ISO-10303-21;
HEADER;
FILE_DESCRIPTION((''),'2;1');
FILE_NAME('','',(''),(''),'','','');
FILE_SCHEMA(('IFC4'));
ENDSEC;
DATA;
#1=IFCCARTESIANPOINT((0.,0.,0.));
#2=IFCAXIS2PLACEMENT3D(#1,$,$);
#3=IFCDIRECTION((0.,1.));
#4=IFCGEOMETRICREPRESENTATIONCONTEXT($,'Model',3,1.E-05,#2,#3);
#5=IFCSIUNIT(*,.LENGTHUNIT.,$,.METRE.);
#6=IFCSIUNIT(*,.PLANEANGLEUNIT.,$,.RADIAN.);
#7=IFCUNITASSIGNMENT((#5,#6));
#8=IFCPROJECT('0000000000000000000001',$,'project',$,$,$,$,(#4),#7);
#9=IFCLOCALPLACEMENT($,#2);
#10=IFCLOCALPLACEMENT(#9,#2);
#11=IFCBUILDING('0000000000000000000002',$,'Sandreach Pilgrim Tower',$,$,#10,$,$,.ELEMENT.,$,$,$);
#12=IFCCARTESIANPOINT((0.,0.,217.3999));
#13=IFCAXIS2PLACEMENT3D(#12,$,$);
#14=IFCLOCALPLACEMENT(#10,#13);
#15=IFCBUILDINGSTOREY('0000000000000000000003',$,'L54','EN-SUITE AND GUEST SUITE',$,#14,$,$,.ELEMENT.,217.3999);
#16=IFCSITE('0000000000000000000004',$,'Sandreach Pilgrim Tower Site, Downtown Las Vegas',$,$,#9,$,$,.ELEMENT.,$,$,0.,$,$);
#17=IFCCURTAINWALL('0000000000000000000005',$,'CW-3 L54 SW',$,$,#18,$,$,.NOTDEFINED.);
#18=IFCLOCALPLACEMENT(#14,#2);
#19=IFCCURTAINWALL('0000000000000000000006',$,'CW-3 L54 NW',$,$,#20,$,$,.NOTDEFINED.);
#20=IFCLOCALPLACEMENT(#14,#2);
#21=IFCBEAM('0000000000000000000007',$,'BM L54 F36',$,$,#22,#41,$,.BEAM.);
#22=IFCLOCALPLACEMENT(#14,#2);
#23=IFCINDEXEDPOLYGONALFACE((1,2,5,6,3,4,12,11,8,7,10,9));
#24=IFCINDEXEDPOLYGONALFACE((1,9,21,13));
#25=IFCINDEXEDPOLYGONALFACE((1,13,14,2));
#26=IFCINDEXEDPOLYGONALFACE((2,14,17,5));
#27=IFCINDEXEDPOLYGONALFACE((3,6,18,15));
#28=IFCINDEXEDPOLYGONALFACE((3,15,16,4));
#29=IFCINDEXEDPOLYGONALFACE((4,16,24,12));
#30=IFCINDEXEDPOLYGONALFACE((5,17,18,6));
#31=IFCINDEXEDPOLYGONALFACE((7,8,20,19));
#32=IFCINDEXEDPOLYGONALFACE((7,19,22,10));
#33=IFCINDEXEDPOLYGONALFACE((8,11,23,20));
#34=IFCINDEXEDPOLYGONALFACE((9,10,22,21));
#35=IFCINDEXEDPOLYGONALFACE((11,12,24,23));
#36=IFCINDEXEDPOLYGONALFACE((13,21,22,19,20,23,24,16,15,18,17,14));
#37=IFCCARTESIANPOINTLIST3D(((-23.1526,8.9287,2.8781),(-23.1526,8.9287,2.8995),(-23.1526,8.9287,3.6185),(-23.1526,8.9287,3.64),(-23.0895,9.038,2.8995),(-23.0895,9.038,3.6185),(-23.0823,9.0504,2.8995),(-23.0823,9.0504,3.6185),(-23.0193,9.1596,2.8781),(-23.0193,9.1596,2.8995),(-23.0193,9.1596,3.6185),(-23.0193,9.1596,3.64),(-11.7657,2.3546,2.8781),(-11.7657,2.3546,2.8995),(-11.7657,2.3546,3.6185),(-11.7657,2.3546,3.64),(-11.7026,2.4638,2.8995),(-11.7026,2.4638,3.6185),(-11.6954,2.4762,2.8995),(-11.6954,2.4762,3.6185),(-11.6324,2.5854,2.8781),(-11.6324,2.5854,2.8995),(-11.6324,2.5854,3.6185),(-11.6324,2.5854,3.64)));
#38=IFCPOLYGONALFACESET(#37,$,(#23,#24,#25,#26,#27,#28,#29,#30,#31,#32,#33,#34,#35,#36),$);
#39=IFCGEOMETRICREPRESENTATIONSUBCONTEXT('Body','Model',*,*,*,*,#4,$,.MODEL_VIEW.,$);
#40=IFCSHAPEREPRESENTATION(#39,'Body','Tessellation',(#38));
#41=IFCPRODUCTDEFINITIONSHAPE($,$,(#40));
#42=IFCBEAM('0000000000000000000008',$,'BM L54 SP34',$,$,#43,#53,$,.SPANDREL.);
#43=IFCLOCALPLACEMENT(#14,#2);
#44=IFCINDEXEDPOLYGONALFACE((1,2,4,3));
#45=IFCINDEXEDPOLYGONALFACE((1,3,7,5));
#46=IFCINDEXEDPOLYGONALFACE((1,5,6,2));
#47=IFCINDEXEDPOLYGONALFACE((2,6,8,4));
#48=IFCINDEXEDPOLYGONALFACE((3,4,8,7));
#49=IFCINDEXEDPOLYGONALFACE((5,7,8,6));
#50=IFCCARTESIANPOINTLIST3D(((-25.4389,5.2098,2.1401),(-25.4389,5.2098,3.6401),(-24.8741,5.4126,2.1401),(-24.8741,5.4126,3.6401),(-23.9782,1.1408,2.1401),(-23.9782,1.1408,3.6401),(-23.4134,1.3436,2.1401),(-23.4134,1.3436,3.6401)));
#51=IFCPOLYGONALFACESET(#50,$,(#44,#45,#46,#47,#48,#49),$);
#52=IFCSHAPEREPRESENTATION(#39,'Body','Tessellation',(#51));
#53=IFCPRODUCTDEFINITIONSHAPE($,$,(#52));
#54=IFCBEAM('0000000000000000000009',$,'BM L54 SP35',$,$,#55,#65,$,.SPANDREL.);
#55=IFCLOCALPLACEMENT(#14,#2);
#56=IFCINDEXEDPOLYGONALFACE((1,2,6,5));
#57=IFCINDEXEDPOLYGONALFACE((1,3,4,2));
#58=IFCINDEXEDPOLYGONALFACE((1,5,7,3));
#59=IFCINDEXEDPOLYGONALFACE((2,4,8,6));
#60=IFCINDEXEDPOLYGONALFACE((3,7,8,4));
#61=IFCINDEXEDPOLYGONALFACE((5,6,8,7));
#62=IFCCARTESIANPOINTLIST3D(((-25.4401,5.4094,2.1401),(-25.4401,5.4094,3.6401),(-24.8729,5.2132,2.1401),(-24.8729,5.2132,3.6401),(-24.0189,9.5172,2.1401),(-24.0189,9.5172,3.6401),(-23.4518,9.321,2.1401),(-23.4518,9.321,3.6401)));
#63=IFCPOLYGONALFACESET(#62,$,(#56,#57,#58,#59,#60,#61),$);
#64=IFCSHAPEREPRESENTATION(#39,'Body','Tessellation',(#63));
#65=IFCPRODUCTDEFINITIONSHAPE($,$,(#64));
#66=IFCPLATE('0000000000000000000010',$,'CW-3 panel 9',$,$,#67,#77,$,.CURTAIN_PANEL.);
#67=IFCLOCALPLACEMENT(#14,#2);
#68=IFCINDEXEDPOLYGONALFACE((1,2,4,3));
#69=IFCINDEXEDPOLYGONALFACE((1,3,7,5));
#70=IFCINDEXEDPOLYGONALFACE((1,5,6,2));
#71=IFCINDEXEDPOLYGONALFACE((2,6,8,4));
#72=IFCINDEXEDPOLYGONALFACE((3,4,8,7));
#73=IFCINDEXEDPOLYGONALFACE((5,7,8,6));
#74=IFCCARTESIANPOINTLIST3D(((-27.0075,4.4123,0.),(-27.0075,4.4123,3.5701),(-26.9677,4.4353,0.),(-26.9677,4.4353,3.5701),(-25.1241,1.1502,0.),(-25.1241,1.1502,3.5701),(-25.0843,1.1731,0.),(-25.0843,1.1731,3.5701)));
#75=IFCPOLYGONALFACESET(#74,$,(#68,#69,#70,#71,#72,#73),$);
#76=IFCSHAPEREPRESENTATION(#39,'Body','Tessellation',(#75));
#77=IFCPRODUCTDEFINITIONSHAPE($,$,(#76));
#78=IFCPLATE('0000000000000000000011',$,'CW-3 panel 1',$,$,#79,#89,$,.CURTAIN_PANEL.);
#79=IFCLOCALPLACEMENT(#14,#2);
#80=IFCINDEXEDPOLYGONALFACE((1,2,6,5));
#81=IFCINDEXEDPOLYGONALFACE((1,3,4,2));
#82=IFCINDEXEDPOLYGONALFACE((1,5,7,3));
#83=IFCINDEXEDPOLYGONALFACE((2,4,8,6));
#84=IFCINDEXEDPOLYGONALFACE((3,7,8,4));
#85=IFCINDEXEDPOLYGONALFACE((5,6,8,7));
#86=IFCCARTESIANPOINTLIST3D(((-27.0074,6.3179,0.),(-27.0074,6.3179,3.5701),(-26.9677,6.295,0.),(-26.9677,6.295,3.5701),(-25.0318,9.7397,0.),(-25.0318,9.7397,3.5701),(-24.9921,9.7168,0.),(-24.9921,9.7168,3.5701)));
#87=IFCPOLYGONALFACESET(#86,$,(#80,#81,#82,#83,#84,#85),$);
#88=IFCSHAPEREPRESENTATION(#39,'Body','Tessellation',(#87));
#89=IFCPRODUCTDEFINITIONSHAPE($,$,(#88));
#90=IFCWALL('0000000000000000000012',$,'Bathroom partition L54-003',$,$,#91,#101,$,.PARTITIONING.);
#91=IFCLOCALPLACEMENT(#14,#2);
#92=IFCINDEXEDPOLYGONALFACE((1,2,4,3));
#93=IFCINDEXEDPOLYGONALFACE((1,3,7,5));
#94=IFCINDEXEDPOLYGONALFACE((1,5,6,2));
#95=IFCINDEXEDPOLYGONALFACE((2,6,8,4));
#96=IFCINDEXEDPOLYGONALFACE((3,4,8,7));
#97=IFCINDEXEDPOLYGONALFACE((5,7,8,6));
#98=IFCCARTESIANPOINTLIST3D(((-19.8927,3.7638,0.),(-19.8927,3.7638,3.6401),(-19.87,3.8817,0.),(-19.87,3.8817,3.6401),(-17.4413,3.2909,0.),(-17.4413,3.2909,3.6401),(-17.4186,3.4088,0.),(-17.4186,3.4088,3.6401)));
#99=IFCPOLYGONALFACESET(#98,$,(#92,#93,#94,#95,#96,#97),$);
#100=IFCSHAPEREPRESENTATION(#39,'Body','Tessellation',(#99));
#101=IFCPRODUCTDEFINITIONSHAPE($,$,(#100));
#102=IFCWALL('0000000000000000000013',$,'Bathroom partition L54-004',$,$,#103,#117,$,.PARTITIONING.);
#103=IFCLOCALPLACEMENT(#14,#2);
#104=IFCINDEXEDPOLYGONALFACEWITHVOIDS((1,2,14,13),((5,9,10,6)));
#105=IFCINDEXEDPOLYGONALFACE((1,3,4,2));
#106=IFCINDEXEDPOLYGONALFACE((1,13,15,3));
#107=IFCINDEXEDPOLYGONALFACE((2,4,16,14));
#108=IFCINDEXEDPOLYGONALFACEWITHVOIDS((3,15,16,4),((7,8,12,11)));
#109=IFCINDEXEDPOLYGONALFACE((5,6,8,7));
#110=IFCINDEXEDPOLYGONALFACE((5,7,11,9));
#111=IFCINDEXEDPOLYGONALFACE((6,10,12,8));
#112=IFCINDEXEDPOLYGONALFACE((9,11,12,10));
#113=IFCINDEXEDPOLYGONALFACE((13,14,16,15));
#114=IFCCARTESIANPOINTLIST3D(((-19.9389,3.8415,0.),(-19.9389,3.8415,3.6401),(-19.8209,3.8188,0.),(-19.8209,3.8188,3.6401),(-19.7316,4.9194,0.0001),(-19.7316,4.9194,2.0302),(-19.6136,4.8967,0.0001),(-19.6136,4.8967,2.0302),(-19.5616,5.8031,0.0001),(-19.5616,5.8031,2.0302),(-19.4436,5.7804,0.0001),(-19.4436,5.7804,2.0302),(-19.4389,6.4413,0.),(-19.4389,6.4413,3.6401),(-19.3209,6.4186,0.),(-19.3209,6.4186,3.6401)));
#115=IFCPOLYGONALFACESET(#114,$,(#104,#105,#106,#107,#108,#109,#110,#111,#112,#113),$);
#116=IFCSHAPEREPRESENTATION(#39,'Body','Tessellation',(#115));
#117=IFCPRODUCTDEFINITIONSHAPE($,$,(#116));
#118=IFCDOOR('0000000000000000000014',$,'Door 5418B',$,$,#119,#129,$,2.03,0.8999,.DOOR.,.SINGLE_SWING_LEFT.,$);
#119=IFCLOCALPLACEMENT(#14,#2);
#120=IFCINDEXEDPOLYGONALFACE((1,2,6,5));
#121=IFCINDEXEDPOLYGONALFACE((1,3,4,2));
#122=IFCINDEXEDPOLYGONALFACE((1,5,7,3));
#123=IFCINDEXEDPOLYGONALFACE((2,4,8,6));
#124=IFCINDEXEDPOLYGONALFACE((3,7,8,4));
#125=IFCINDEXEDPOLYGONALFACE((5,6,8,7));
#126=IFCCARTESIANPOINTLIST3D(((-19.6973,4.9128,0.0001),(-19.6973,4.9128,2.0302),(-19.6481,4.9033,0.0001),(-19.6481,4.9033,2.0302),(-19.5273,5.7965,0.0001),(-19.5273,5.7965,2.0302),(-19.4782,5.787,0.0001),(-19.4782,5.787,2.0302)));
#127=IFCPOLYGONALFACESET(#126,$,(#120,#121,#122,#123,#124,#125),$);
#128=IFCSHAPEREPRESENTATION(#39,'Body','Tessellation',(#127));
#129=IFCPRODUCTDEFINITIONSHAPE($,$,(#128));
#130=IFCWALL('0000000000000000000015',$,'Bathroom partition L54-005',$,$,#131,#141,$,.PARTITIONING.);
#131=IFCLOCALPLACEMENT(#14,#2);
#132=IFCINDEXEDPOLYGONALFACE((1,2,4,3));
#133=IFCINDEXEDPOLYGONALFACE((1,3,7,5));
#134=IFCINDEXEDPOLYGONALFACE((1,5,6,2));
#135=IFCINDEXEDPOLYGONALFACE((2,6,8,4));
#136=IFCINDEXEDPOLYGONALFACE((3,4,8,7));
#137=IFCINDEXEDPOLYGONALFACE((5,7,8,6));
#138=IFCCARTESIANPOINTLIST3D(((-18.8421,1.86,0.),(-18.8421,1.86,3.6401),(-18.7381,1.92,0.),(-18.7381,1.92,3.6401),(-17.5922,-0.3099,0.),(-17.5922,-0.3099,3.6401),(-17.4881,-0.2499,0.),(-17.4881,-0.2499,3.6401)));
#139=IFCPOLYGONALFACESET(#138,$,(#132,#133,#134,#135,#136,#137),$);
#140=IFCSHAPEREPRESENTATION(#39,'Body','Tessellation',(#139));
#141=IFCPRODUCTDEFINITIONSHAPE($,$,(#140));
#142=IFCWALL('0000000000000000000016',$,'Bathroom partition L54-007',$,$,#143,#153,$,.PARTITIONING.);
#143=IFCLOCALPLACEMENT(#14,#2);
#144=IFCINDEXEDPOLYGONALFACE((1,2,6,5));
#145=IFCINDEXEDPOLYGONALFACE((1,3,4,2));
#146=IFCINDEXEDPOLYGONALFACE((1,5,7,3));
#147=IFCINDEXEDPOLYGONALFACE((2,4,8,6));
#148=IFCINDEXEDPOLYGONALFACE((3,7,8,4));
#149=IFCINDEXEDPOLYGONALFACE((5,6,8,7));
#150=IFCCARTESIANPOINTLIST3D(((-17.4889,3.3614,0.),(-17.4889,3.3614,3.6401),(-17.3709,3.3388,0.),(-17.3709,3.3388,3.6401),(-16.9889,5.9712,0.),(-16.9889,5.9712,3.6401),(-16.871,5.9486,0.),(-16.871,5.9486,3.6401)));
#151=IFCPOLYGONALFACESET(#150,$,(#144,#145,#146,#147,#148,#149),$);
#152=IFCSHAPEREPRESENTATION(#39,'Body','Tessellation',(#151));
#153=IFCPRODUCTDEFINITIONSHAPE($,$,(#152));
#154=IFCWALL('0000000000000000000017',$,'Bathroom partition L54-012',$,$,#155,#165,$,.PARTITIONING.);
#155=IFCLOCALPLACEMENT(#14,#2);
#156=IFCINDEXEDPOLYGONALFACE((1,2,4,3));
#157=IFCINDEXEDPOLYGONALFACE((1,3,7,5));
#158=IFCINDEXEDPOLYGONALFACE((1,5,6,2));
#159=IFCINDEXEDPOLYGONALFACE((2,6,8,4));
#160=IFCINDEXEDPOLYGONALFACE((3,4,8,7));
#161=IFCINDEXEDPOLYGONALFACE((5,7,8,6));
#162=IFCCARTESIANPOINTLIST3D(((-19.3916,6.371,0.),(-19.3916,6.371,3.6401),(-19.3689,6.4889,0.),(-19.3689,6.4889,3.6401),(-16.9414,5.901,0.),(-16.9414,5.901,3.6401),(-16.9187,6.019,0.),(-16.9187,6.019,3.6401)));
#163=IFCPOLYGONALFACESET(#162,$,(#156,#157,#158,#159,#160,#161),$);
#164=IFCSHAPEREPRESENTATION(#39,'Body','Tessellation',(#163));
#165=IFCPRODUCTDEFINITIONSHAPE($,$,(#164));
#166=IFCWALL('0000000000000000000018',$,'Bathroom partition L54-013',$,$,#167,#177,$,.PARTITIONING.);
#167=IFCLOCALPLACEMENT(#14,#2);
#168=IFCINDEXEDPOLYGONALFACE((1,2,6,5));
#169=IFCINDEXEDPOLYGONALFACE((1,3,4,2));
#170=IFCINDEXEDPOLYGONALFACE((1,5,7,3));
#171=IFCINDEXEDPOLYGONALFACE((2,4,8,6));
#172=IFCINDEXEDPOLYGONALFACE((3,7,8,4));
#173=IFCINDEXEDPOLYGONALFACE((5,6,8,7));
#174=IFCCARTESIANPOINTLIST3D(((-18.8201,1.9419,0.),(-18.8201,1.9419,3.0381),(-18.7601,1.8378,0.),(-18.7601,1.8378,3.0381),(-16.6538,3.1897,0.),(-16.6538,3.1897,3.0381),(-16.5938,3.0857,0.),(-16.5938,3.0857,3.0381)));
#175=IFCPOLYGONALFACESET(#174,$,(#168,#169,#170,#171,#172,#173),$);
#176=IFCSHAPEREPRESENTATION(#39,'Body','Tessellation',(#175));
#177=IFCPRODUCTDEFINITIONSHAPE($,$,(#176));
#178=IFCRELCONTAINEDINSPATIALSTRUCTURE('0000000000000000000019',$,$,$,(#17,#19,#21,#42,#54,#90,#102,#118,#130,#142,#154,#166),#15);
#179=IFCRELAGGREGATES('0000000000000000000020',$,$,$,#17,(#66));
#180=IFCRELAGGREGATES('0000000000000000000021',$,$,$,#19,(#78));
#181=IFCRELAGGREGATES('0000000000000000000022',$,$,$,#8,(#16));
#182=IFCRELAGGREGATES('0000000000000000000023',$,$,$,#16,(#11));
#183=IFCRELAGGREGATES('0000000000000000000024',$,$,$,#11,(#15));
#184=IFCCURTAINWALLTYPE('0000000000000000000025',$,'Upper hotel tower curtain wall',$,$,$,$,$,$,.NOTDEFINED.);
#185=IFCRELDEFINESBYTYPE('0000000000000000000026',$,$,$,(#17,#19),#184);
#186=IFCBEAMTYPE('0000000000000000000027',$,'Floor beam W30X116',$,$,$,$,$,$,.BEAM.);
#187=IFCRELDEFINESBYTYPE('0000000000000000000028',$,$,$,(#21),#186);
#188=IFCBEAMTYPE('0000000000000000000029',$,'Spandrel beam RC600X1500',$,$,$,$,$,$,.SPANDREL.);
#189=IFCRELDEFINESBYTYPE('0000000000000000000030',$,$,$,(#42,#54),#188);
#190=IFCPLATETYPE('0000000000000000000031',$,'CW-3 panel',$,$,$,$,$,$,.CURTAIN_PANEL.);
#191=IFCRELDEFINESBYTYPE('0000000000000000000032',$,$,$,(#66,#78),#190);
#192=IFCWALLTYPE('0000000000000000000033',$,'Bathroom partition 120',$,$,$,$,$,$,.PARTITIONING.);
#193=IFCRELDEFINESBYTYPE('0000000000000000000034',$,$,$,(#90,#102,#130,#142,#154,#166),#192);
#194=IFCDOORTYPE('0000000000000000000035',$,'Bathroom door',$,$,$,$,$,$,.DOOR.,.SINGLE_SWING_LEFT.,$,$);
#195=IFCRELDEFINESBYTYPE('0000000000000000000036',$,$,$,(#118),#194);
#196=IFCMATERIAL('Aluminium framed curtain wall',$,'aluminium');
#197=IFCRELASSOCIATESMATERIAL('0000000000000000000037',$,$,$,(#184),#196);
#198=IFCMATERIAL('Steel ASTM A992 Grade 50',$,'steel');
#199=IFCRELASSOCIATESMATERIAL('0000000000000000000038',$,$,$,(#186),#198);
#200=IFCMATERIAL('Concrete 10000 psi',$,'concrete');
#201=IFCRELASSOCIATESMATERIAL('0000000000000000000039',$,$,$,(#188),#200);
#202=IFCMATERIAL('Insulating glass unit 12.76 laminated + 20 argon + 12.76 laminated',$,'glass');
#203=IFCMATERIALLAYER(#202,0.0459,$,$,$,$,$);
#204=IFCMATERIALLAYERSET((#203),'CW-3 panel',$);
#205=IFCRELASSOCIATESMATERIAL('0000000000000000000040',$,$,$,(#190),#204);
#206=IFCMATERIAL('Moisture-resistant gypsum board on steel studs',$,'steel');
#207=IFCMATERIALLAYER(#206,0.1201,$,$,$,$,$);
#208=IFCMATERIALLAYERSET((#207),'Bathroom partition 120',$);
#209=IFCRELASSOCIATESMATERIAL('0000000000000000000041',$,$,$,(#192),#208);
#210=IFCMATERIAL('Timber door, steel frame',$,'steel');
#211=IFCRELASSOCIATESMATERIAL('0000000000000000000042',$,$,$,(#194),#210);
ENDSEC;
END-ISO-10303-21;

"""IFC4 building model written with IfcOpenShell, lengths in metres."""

from ifc_helpers import new_model, si_unit, direction, frame, frame_2d, origin, origin_2d, place, context, subcontext, project, spatial, rectangle, i_section, extrude, material, layer, layer_set, material_profile, profile_set, type_object, element, fill, aggregate, save


model = new_model("IFC4")

# Units and contexts
model_context = context("Model", 3, precision=1e-05, world=origin(), true_north=direction((0.0, 1.0)))
body_context = subcontext(model_context, "Body", "Model", "MODEL_VIEW")
ifc_project = project(units=[si_unit("LENGTHUNIT", "METRE"), si_unit("PLANEANGLEUNIT", "RADIAN")], contexts=[model_context])

# Site, building, storey
site_placement = place(None, origin())
site = spatial("IfcSite", under=ifc_project, at=site_placement, Name="Sandreach Pilgrim Tower Site, Downtown Las Vegas", CompositionType="ELEMENT", RefElevation=0.0)
building_placement = place(site_placement, origin())
building = spatial("IfcBuilding", under=site, at=building_placement, Name="Sandreach Pilgrim Tower", CompositionType="ELEMENT")
storey_placement = place(building_placement, frame((0.0, 0.0, 217.3999)))
storey = spatial("IfcBuildingStorey", under=building, at=storey_placement, Name="L54", Description="EN-SUITE AND GUEST SUITE", CompositionType="ELEMENT", Elevation=217.3999)

# Curtain wall
ifc_material_1 = material(Name="Aluminium framed curtain wall", Category="aluminium")
curtain_wall_type = type_object("IfcCurtainWallType", Name="Upper hotel tower curtain wall", PredefinedType="NOTDEFINED", material=ifc_material_1)
curtain_wall_1_placement = place(storey_placement, origin())
curtain_wall_1 = element("IfcCurtainWall", 1, at=curtain_wall_1_placement, inside=storey, type_object=curtain_wall_type, Name="CW-3 L54 SW", PredefinedType="NOTDEFINED")

# Curtain wall
curtain_wall_2_placement = place(storey_placement, origin())
curtain_wall_2 = element("IfcCurtainWall", 2, at=curtain_wall_2_placement, inside=storey, type_object=curtain_wall_type, Name="CW-3 L54 NW", PredefinedType="NOTDEFINED")

# Beams
ifc_material_2 = material(Name="Steel ASTM A992 Grade 50", Category="steel")
ifc_material_profile_1 = material_profile(ifc_material_2, i_section(OverallWidth=0.2666, OverallDepth=0.762, WebThickness=0.0144, FlangeThickness=0.0215, at=origin_2d()), Name="W30X116")
ifc_profile_set_1 = profile_set([ifc_material_profile_1], Name="Steel ASTM A992 Grade 50")
beam_type_1 = type_object("IfcBeamType", Name="Floor beam W30X116", PredefinedType="BEAM", material=ifc_profile_set_1)
beam_1_placement = place(storey_placement, frame((-23.0859, 9.0442, 3.259), z_axis=(0.866027, -0.499997, 0.0), x_axis=(0.499997, 0.866027, 0.0)))
element("IfcBeam", 3, at=beam_1_placement, inside=storey, type_object=beam_type_1, Name="BM L54 F36", PredefinedType="BEAM", context=body_context, shape_type="SweptSolid", body=[
    extrude(i_section(OverallWidth=0.2666, OverallDepth=0.762, WebThickness=0.0144, FlangeThickness=0.0215, at=origin_2d()), origin(), (0.0, 0.0, 1.0), 13.1484),
])
ifc_material_3 = material(Name="Concrete 10000 psi", Category="concrete")
ifc_material_profile_2 = material_profile(ifc_material_3, rectangle(XDim=0.6001, YDim=1.5, at=origin_2d()), Name="RC600X1500")
ifc_profile_set_2 = profile_set([ifc_material_profile_2], Name="Concrete 10000 psi")
beam_type_2 = type_object("IfcBeamType", Name="Spandrel beam RC600X1500", PredefinedType="SPANDREL", material=ifc_profile_set_2)
beam_2_placement = place(storey_placement, frame((-23.6958, 1.2422, 2.8901), z_axis=(-0.337863, 0.941195, 0.0), x_axis=(-0.941195, -0.337863, 0.0)))
element("IfcBeam", 4, at=beam_2_placement, inside=storey, type_object=beam_type_2, Name="BM L54 SP34", PredefinedType="SPANDREL", context=body_context, shape_type="SweptSolid", body=[
    extrude(rectangle(XDim=0.6001, YDim=1.5, at=origin_2d()), origin(), (0.0, 0.0, 1.0), 4.3232),
])
beam_3_placement = place(storey_placement, frame((-25.1565, 5.3113, 2.8901), z_axis=(0.326941, 0.945045, 0.0), x_axis=(-0.945045, 0.326941, 0.0)))
element("IfcBeam", 5, at=beam_3_placement, inside=storey, type_object=beam_type_2, Name="BM L54 SP35", PredefinedType="SPANDREL", context=body_context, shape_type="SweptSolid", body=[
    extrude(rectangle(XDim=0.6001, YDim=1.5, at=origin_2d()), origin(), (0.0, 0.0, 1.0), 4.3467),
])

# Plates
ifc_material_4 = material(Name="Insulating glass unit 12.76 laminated + 20 argon + 12.76 laminated", Category="glass")
ifc_layer_1 = layer(ifc_material_4, 0.0459)
ifc_layer_set_1 = layer_set([ifc_layer_1], Name="CW-3 panel")
plate_type = type_object("IfcPlateType", Name="CW-3 panel", PredefinedType="CURTAIN_PANEL", material=ifc_layer_set_1)
plate_1_placement = place(storey_placement, frame((-26.0459, 2.7927, 0.0), z_axis=(0.0, 0.0, 1.0), x_axis=(-0.5, 0.866025, 0.0)))
plate_1 = element("IfcPlate", 6, at=plate_1_placement, type_object=plate_type, Name="CW-3 panel 9", PredefinedType="CURTAIN_PANEL", context=body_context, shape_type="SweptSolid", body=[
    extrude(rectangle(XDim=3.7668, YDim=0.0459, at=origin_2d()), origin(), (0.0, 0.0, 1.0), 3.5701),
])
aggregate(curtain_wall_1, [plate_1])
plate_2_placement = place(storey_placement, frame((-25.9998, 8.0173, 0.0), z_axis=(0.0, 0.0, 1.0), x_axis=(0.5, 0.866025, 0.0)))
plate_2 = element("IfcPlate", 7, at=plate_2_placement, type_object=plate_type, Name="CW-3 panel 1", PredefinedType="CURTAIN_PANEL", context=body_context, shape_type="SweptSolid", body=[
    extrude(rectangle(XDim=3.9512, YDim=0.0459, at=origin_2d()), origin(), (0.0, 0.0, 1.0), 3.5701),
])
aggregate(curtain_wall_2, [plate_2])

# Wall
ifc_material_5 = material(Name="Moisture-resistant gypsum board on steel studs", Category="steel")
ifc_layer_2 = layer(ifc_material_5, 0.1201)
ifc_layer_set_2 = layer_set([ifc_layer_2], Name="Bathroom partition 120")
wall_type_1 = type_object("IfcWallType", Name="Bathroom partition 120", PredefinedType="PARTITIONING", material=ifc_layer_set_2)
wall_1_placement = place(storey_placement, frame((-19.8813, 3.8228, 0.0), z_axis=(0.0, 0.0, 1.0), x_axis=(0.981897, -0.189417, 0.0)))
element("IfcWall", 8, at=wall_1_placement, inside=storey, type_object=wall_type_1, Name="Bathroom partition L54-003", PredefinedType="PARTITIONING", context=body_context, shape_type="SweptSolid", body=[
    extrude(rectangle(XDim=2.4966, YDim=0.1201, at=frame_2d((1.2483, 0.0))), origin(), (0.0, 0.0, 1.0), 3.6401),
])

# Wall, opening, door
wall_2_placement = place(storey_placement, frame((-19.3799, 6.4299, 0.0), z_axis=(0.0, 0.0, 1.0), x_axis=(-0.188858, -0.982004, 0.0)))
wall_2 = element("IfcWall", 9, at=wall_2_placement, inside=storey, type_object=wall_type_1, Name="Bathroom partition L54-004", PredefinedType="PARTITIONING", context=body_context, shape_type="SweptSolid", body=[
    extrude(rectangle(XDim=2.6475, YDim=0.1201, at=frame_2d((1.3237, 0.0))), origin(), (0.0, 0.0, 1.0), 3.6401),
])
opening_1_placement = place(wall_2_placement, frame((0.6499, 0.0, 0.0)))
opening_1 = element("IfcOpeningElement", 10, at=opening_1_placement, cuts=wall_2, PredefinedType="OPENING", context=body_context, shape_type="SweptSolid", body=[
    extrude(rectangle(XDim=0.8999, YDim=2.03, at=frame_2d((0.45, 1.0151))), frame((0.0, 0.0601, 0.0), z_axis=(0.0, -1.0, 0.0), x_axis=(1.0, 0.0, 0.0)), (0.0, 0.0, 1.0), 0.1201),
])
ifc_material_6 = material(Name="Timber door, steel frame", Category="steel")
door_type_1 = type_object("IfcDoorType", Name="Bathroom door", OperationType="SINGLE_SWING_LEFT", PredefinedType="DOOR", material=ifc_material_6)
door_1_placement = place(opening_1_placement, origin())
door_1 = element("IfcDoor", 11, at=door_1_placement, inside=storey, type_object=door_type_1, Name="Door 5418B", OperationType="SINGLE_SWING_LEFT", OverallHeight=2.03, OverallWidth=0.8999, PredefinedType="DOOR", context=body_context, shape_type="SweptSolid", body=[
    extrude(rectangle(XDim=0.8999, YDim=2.03, at=frame_2d((0.45, 1.0151))), frame((0.0, 0.0249, 0.0), z_axis=(0.0, -1.0, 0.0), x_axis=(1.0, 0.0, 0.0)), (0.0, 0.0, 1.0), 0.05),
])
fill(opening_1, door_1)

# Walls
wall_3_placement = place(storey_placement, frame((-18.79, 1.8899, 0.0), z_axis=(0.0, 0.0, 1.0), x_axis=(0.49916, -0.86651, 0.0)))
element("IfcWall", 12, at=wall_3_placement, inside=storey, type_object=wall_type_1, Name="Bathroom partition L54-005", PredefinedType="PARTITIONING", context=body_context, shape_type="SweptSolid", body=[
    extrude(rectangle(XDim=2.5042, YDim=0.1201, at=frame_2d((1.252, 0.0))), origin(), (0.0, 0.0, 1.0), 3.6401),
])
wall_4_placement = place(storey_placement, frame((-17.4299, 3.3501, 0.0), z_axis=(0.0, 0.0, 1.0), x_axis=(0.188159, 0.982139, 0.0)))
element("IfcWall", 13, at=wall_4_placement, inside=storey, type_object=wall_type_1, Name="Bathroom partition L54-007", PredefinedType="PARTITIONING", context=body_context, shape_type="SweptSolid", body=[
    extrude(rectangle(XDim=2.6572, YDim=0.1201, at=frame_2d((1.3286, 0.0))), origin(), (0.0, 0.0, 1.0), 3.6401),
])
wall_5_placement = place(storey_placement, frame((-16.9299, 5.96, 0.0), z_axis=(0.0, 0.0, 1.0), x_axis=(-0.982097, 0.188376, 0.0)))
element("IfcWall", 14, at=wall_5_placement, inside=storey, type_object=wall_type_1, Name="Bathroom partition L54-012", PredefinedType="PARTITIONING", context=body_context, shape_type="SweptSolid", body=[
    extrude(rectangle(XDim=2.4949, YDim=0.1201, at=frame_2d((1.2476, 0.0))), origin(), (0.0, 0.0, 1.0), 3.6401),
])
wall_6_placement = place(storey_placement, frame((-16.6238, 3.1377, 0.0), z_axis=(0.0, 0.0, 1.0), x_axis=(-0.866525, -0.499133, 0.0)))
element("IfcWall", 15, at=wall_6_placement, inside=storey, type_object=wall_type_1, Name="Bathroom partition L54-013", PredefinedType="PARTITIONING", context=body_context, shape_type="SweptSolid", body=[
    extrude(rectangle(XDim=2.5, YDim=0.1201, at=frame_2d((1.25, 0.0))), origin(), (0.0, 0.0, 1.0), 3.0381),
])

save(model, "model.ifc")
